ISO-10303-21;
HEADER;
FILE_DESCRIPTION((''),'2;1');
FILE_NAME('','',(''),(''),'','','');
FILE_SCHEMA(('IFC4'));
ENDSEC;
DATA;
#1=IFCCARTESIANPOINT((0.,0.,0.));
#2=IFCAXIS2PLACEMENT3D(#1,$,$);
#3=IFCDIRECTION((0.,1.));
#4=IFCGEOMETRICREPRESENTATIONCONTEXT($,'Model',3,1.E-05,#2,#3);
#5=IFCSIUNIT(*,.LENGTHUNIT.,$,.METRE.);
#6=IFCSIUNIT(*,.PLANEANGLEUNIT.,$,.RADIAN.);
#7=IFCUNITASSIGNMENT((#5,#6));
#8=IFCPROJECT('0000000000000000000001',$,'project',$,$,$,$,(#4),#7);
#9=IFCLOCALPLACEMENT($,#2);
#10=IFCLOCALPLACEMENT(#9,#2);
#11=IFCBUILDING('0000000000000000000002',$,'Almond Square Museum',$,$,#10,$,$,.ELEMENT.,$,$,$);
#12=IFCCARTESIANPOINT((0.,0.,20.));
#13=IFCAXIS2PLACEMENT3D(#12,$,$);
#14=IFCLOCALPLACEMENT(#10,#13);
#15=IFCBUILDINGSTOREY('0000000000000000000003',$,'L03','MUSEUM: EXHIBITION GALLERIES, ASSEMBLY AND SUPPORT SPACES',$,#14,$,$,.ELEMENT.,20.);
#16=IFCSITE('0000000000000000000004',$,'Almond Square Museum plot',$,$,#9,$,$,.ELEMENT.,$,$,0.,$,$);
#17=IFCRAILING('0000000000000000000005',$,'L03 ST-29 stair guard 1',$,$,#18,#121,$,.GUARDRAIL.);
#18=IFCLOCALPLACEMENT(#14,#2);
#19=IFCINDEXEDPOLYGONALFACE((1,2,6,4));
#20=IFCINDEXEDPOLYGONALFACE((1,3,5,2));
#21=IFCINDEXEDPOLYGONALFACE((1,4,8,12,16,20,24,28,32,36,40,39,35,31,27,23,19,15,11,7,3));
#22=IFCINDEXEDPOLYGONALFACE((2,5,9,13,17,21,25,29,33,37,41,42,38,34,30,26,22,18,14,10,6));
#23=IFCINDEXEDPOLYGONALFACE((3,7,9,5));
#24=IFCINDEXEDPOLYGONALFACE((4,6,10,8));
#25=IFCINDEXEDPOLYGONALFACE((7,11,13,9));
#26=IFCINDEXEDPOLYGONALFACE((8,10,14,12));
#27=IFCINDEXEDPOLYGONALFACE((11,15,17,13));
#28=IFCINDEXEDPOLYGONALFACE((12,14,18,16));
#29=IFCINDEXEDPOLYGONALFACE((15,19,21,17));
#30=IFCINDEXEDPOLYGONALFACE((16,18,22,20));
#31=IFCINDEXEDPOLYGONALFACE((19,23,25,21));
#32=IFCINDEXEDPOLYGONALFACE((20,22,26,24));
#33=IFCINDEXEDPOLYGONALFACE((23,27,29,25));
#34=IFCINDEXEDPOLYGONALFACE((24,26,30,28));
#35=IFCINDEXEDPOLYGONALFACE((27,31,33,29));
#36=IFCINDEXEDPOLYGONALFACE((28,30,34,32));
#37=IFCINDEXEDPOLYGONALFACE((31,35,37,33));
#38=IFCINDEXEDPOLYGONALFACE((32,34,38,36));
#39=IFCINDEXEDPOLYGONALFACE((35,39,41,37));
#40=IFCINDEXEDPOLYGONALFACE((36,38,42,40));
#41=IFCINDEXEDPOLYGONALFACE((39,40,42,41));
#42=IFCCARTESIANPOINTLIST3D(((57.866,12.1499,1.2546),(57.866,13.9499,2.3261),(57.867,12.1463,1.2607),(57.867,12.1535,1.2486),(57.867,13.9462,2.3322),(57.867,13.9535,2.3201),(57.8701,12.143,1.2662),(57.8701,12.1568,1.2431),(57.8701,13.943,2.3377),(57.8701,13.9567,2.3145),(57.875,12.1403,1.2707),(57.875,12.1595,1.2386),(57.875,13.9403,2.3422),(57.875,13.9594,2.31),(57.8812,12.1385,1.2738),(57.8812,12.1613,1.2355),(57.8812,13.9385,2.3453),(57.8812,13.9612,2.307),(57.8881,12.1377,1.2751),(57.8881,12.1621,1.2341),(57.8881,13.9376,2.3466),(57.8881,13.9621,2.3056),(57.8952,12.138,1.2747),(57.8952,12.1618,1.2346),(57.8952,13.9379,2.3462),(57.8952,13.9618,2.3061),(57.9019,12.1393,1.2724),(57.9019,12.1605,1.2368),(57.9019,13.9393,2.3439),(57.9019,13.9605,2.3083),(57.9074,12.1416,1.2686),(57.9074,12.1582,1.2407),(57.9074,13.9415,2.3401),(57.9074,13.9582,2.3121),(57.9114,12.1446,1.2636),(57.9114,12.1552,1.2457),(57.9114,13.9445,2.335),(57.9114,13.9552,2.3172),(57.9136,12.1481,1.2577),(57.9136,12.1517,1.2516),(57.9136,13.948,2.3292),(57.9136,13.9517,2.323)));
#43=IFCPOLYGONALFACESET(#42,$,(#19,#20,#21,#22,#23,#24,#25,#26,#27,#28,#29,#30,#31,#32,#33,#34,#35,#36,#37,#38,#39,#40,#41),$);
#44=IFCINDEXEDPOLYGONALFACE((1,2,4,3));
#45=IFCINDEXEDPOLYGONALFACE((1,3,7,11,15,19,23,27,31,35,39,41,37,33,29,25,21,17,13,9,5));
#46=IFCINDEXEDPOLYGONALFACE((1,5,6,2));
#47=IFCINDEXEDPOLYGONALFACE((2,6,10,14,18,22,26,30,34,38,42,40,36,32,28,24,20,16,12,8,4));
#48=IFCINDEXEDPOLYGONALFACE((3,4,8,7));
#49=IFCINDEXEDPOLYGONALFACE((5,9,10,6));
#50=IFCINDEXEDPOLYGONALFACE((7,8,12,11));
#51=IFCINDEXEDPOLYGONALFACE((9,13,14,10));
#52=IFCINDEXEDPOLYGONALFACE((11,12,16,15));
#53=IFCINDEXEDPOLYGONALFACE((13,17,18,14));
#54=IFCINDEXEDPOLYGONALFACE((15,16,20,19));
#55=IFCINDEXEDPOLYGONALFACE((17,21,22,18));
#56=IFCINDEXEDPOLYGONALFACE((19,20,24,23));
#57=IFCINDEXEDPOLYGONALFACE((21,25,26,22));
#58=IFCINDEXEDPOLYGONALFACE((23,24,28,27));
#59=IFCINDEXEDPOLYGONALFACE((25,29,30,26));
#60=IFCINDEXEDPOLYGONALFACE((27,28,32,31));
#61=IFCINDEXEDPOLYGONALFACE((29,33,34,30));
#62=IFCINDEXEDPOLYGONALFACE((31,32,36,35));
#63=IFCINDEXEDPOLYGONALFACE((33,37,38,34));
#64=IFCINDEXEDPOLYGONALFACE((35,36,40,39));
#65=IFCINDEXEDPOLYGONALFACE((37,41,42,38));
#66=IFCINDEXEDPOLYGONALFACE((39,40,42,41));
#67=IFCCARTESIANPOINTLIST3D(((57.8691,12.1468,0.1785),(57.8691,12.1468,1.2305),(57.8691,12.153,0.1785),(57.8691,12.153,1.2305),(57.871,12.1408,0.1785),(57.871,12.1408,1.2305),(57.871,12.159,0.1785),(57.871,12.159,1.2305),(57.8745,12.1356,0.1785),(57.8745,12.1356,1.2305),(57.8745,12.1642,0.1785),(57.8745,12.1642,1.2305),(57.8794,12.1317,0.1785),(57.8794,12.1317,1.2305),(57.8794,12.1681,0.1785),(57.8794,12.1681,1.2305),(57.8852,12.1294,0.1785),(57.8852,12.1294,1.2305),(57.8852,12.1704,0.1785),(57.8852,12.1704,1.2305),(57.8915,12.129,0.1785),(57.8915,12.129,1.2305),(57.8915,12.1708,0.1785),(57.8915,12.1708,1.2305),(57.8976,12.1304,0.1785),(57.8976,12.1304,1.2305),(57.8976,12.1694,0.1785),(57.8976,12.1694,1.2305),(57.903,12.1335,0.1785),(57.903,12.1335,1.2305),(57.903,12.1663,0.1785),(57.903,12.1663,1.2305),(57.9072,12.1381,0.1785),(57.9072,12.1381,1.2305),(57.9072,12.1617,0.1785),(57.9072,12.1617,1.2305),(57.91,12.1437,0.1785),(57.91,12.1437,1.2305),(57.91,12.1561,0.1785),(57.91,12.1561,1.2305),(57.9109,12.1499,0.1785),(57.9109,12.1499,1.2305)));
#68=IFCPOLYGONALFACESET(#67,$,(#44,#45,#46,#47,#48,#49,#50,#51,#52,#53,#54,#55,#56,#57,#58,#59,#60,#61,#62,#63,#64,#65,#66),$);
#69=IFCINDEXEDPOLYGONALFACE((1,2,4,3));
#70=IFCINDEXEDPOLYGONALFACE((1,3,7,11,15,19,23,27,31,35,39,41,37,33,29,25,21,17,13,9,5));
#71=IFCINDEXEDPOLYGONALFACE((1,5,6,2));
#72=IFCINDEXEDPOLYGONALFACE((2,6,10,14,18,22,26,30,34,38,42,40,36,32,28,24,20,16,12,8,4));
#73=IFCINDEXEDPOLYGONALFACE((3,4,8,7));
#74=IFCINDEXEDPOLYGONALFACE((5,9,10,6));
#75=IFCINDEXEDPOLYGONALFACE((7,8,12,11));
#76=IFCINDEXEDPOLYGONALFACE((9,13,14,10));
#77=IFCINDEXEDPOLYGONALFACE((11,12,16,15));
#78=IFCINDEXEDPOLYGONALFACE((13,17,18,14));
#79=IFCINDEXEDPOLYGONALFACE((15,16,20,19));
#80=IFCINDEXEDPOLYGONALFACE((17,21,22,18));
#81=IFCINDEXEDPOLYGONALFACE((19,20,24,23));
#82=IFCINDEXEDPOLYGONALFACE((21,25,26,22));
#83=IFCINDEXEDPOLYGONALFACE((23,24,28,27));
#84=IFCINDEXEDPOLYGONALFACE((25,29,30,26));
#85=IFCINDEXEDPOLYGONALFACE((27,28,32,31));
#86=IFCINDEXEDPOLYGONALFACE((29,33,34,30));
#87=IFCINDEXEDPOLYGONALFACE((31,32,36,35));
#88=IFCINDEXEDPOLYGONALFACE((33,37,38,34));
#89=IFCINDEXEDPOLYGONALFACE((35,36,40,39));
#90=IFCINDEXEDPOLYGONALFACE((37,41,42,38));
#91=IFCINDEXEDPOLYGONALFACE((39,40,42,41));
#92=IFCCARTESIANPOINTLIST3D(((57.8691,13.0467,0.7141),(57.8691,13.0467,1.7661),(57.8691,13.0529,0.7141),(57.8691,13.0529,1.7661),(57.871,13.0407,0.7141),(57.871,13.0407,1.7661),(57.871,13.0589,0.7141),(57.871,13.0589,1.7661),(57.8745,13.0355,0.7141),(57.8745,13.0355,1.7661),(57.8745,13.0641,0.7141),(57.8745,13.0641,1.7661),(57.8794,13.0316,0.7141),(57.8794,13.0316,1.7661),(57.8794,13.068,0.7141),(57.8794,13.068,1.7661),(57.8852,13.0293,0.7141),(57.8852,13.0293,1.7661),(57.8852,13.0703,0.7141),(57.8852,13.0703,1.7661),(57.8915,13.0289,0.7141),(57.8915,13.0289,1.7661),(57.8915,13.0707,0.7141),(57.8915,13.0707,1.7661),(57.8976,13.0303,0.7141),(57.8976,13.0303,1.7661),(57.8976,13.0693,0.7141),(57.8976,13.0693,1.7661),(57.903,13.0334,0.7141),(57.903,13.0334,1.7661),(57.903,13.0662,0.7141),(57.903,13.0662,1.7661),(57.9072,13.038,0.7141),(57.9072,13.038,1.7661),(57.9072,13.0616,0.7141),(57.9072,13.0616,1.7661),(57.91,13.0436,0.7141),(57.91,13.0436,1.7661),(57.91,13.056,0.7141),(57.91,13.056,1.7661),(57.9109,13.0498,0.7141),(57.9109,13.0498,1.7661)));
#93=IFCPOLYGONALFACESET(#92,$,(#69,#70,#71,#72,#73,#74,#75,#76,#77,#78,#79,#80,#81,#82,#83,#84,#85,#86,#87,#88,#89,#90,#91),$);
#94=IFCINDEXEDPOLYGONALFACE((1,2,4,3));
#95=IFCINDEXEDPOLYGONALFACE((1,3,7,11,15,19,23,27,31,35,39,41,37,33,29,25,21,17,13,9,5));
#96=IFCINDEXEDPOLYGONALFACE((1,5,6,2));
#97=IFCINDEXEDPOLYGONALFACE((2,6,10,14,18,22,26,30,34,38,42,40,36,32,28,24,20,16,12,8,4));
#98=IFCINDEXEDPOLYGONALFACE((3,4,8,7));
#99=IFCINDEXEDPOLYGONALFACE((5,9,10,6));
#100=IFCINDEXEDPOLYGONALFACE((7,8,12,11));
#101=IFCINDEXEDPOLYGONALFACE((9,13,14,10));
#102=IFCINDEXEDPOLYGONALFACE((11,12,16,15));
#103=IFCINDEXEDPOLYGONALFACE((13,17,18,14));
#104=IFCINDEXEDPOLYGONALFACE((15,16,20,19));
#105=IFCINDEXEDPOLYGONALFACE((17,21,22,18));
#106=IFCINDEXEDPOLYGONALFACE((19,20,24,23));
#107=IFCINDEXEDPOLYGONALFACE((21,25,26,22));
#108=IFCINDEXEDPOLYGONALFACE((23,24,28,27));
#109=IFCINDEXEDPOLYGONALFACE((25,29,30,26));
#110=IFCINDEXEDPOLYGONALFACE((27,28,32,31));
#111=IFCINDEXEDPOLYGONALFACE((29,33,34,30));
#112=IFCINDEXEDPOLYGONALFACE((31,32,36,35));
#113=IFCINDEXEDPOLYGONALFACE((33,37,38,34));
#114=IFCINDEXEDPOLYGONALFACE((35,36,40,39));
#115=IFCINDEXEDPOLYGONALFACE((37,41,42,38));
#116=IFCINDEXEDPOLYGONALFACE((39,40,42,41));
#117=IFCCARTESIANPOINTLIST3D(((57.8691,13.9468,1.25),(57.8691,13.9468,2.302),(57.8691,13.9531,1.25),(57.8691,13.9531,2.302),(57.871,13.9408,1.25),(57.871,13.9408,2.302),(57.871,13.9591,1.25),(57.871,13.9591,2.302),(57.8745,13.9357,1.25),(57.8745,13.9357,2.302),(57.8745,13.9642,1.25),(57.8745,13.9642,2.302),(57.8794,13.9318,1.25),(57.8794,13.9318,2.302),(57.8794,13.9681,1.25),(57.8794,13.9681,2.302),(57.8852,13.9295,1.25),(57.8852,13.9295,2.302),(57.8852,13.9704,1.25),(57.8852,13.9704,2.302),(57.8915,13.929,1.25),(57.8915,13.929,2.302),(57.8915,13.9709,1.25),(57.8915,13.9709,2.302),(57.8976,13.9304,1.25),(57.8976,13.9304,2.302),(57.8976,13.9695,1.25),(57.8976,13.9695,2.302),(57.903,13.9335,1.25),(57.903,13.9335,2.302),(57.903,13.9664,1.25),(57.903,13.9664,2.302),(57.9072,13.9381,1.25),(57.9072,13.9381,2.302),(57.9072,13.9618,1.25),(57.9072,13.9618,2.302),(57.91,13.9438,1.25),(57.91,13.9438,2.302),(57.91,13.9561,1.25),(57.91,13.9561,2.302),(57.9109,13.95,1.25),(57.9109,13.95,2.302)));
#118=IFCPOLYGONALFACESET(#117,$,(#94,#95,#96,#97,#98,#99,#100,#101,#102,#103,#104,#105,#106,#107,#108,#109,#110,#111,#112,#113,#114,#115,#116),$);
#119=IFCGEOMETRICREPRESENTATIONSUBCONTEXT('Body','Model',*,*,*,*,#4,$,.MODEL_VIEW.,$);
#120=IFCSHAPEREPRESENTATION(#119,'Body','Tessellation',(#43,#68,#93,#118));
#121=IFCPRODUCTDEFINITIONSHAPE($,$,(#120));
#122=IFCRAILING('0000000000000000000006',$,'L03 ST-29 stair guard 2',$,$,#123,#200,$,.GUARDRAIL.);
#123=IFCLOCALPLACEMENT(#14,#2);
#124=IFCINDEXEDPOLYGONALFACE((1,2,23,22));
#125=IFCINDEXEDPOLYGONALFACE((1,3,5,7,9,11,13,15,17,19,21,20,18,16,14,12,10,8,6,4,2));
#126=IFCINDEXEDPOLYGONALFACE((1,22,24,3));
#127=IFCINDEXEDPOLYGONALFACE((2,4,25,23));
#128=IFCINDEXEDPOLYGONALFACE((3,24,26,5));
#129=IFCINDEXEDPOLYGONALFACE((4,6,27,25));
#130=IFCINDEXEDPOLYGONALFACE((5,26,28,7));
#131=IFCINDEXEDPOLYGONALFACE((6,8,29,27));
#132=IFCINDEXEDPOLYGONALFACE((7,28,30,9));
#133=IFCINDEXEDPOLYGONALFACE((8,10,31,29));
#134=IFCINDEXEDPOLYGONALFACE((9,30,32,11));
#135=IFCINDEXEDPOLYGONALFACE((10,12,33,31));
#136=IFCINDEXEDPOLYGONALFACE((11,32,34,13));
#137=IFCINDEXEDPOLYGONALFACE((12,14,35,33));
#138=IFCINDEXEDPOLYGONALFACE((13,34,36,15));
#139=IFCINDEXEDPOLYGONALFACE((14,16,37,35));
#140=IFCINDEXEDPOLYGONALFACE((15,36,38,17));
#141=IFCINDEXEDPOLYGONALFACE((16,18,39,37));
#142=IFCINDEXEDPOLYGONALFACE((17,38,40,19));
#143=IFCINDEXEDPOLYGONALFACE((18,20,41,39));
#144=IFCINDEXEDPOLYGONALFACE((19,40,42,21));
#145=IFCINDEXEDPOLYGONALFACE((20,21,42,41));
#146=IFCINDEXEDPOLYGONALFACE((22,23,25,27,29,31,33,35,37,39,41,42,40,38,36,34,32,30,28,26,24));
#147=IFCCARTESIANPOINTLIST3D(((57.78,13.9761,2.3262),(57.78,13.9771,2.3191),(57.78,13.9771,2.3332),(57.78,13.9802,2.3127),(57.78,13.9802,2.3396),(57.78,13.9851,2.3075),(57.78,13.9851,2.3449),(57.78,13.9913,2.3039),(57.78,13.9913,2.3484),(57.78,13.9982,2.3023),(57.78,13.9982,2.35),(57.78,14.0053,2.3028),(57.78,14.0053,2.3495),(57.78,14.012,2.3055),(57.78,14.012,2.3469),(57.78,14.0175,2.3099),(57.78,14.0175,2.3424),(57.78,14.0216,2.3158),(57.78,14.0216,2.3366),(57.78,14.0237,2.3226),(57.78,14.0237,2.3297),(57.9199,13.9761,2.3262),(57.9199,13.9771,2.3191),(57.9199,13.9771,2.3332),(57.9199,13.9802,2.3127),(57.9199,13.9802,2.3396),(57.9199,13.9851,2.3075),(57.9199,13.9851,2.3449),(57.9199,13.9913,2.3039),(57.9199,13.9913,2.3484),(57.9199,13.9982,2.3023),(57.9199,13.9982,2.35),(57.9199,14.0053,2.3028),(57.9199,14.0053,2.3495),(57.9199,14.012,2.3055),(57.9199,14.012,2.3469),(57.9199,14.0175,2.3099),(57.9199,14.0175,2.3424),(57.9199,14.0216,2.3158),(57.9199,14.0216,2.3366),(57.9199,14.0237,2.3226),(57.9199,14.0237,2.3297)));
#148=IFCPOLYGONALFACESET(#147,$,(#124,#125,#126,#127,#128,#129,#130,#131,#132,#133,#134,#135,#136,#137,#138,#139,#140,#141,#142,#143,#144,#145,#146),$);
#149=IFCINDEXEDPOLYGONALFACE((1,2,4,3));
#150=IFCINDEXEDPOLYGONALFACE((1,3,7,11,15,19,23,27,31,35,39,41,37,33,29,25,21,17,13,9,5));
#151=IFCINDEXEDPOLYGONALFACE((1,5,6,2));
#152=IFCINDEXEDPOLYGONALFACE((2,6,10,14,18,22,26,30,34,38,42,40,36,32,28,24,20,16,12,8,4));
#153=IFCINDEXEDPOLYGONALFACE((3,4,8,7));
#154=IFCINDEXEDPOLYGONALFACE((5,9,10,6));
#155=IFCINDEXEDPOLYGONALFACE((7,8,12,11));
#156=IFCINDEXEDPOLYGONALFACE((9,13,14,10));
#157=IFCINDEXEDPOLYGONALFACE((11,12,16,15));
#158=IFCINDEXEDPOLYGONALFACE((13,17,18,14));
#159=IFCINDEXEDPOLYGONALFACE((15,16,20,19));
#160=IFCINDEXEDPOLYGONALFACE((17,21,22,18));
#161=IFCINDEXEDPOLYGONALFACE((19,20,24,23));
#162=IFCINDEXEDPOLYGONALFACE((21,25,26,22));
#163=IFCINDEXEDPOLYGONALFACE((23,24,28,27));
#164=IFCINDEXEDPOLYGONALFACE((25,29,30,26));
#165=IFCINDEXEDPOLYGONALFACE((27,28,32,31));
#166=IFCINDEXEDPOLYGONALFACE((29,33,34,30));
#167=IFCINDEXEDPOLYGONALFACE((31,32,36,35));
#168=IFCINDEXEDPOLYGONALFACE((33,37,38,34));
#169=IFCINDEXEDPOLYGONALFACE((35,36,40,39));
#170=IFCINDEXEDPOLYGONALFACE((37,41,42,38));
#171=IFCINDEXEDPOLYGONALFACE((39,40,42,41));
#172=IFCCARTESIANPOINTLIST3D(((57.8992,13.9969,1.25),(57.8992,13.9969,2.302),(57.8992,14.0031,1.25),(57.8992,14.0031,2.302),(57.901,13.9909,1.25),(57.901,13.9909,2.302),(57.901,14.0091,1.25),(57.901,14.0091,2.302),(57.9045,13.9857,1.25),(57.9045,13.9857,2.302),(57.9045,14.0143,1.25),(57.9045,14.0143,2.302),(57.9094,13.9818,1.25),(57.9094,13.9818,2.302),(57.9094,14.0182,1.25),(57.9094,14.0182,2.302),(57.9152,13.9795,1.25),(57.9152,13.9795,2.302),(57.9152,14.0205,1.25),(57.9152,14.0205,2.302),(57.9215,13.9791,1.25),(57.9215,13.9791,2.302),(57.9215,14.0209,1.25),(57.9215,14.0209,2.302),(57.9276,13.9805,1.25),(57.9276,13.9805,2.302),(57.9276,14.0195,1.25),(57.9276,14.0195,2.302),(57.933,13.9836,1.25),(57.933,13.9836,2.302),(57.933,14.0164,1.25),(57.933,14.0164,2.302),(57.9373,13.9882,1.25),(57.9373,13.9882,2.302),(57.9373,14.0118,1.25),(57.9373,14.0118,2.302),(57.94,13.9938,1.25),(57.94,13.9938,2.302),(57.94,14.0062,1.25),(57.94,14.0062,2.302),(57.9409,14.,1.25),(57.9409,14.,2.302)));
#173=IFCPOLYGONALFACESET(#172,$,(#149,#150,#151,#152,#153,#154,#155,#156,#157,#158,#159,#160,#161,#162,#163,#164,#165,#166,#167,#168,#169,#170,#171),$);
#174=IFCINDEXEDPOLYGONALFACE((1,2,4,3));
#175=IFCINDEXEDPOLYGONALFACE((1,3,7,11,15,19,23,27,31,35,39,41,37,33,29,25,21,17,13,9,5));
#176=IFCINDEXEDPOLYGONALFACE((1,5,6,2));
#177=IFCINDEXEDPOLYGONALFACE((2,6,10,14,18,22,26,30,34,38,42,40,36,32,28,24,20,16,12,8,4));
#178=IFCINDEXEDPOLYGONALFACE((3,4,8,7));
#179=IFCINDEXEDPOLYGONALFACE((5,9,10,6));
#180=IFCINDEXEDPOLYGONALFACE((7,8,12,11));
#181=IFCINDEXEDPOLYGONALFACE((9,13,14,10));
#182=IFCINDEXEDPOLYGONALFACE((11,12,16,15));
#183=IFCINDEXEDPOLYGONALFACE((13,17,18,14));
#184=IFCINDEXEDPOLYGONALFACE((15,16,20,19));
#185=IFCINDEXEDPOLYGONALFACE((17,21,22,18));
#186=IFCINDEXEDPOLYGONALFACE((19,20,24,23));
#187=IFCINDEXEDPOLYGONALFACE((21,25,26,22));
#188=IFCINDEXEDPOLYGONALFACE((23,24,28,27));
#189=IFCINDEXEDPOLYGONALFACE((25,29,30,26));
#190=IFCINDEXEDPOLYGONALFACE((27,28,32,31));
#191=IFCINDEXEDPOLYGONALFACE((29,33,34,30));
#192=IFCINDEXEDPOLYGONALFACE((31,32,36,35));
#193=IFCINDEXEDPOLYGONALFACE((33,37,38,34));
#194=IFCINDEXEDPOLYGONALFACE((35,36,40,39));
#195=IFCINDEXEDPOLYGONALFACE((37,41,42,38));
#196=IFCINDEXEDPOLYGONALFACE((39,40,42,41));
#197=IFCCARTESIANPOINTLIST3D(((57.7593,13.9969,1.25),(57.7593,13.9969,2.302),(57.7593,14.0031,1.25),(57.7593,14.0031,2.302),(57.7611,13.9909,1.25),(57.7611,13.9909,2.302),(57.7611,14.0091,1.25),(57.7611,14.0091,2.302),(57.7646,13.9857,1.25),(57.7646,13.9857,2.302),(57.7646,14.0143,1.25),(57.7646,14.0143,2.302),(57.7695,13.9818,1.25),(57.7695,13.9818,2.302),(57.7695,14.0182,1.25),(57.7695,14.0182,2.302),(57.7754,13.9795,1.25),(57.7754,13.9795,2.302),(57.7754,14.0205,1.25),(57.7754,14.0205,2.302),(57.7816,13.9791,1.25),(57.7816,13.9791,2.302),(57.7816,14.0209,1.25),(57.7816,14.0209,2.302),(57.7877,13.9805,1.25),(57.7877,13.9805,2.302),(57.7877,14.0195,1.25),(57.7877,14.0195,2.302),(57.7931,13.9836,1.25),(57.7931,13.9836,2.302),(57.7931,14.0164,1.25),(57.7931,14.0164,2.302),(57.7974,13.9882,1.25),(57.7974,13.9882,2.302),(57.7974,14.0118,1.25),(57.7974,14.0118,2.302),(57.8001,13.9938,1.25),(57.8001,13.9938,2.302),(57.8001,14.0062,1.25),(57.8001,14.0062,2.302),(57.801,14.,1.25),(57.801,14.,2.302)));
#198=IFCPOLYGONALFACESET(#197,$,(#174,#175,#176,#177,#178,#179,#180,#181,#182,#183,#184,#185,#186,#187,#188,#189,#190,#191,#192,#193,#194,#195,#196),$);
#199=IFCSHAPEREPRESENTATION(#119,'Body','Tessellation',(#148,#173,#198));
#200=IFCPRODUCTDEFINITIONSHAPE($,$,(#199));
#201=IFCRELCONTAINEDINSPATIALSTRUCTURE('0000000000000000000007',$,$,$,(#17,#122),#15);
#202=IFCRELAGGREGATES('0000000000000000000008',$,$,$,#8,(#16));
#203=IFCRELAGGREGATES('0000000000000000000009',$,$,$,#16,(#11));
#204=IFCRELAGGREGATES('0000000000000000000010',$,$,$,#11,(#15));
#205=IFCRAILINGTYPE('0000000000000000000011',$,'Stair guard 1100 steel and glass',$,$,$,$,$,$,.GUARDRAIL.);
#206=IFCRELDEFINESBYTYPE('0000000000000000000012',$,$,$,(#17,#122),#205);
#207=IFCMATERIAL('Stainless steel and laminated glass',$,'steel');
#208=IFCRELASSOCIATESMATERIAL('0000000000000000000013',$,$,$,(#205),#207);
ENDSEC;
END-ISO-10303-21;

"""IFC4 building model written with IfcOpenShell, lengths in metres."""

from ifc_helpers import new_model, si_unit, direction, frame, origin, origin_2d, place, context, subcontext, project, spatial, circle, extrude, material, type_object, element, save


model = new_model("IFC4")

# Units and contexts
model_context = context("Model", 3, precision=1e-05, world=origin(), true_north=direction((0.0, 1.0)))
body_context = subcontext(model_context, "Body", "Model", "MODEL_VIEW")
ifc_project = project(units=[si_unit("LENGTHUNIT", "METRE"), si_unit("PLANEANGLEUNIT", "RADIAN")], contexts=[model_context])

# Site, building, storey
site_placement = place(None, origin())
site = spatial("IfcSite", under=ifc_project, at=site_placement, Name="Almond Square Museum plot", CompositionType="ELEMENT", RefElevation=0.0)
building_placement = place(site_placement, origin())
building = spatial("IfcBuilding", under=site, at=building_placement, Name="Almond Square Museum", CompositionType="ELEMENT")
storey_placement = place(building_placement, frame((0.0, 0.0, 20.0)))
storey = spatial("IfcBuildingStorey", under=building, at=storey_placement, Name="L03", Description="MUSEUM: EXHIBITION GALLERIES, ASSEMBLY AND SUPPORT SPACES", CompositionType="ELEMENT", Elevation=20.0)

# Railings
ifc_material_1 = material(Name="Stainless steel and laminated glass", Category="steel")
railing_type_1 = type_object("IfcRailingType", Name="Stair guard 1100 steel and glass", PredefinedType="GUARDRAIL", material=ifc_material_1)
railing_1_placement = place(storey_placement, frame((57.8899, 12.1499, 0.1785)))
element("IfcRailing", 1, at=railing_1_placement, inside=storey, type_object=railing_type_1, Name="L03 ST-29 stair guard 1", PredefinedType="GUARDRAIL", context=body_context, shape_type="SweptSolid", body=[
    extrude(circle(Radius=0.0239, at=origin_2d()), frame((0.0, 0.0, 1.0762), z_axis=(0.0, 0.859277, 0.51151), x_axis=(-1.0, 0.0, 0.0)), (0.0, 0.0, 1.0), 2.0947),
    extrude(circle(Radius=0.021, at=origin_2d()), origin(), (0.0, 0.0, 1.0), 1.052),
    extrude(circle(Radius=0.021, at=origin_2d()), frame((0.0, 0.8999, 0.5356)), (0.0, 0.0, 1.0), 1.052),
    extrude(circle(Radius=0.021, at=origin_2d()), frame((0.0, 1.8, 1.0715)), (0.0, 0.0, 1.0), 1.052),
])
railing_2_placement = place(storey_placement, frame((57.9199, 14.0, 1.25)))
element("IfcRailing", 2, at=railing_2_placement, inside=storey, type_object=railing_type_1, Name="L03 ST-29 stair guard 2", PredefinedType="GUARDRAIL", context=body_context, shape_type="SweptSolid", body=[
    extrude(circle(Radius=0.0239, at=origin_2d()), frame((0.0, 0.0, 1.0762), z_axis=(-1.0, 0.0, 0.0), x_axis=(0.0, -1.0, 0.0)), (0.0, 0.0, 1.0), 0.1399),
    extrude(circle(Radius=0.021, at=origin_2d()), origin(), (0.0, 0.0, 1.0), 1.052),
    extrude(circle(Radius=0.021, at=origin_2d()), frame((-0.1399, 0.0, 0.0)), (0.0, 0.0, 1.0), 1.052),
])

save(model, "model.ifc")
